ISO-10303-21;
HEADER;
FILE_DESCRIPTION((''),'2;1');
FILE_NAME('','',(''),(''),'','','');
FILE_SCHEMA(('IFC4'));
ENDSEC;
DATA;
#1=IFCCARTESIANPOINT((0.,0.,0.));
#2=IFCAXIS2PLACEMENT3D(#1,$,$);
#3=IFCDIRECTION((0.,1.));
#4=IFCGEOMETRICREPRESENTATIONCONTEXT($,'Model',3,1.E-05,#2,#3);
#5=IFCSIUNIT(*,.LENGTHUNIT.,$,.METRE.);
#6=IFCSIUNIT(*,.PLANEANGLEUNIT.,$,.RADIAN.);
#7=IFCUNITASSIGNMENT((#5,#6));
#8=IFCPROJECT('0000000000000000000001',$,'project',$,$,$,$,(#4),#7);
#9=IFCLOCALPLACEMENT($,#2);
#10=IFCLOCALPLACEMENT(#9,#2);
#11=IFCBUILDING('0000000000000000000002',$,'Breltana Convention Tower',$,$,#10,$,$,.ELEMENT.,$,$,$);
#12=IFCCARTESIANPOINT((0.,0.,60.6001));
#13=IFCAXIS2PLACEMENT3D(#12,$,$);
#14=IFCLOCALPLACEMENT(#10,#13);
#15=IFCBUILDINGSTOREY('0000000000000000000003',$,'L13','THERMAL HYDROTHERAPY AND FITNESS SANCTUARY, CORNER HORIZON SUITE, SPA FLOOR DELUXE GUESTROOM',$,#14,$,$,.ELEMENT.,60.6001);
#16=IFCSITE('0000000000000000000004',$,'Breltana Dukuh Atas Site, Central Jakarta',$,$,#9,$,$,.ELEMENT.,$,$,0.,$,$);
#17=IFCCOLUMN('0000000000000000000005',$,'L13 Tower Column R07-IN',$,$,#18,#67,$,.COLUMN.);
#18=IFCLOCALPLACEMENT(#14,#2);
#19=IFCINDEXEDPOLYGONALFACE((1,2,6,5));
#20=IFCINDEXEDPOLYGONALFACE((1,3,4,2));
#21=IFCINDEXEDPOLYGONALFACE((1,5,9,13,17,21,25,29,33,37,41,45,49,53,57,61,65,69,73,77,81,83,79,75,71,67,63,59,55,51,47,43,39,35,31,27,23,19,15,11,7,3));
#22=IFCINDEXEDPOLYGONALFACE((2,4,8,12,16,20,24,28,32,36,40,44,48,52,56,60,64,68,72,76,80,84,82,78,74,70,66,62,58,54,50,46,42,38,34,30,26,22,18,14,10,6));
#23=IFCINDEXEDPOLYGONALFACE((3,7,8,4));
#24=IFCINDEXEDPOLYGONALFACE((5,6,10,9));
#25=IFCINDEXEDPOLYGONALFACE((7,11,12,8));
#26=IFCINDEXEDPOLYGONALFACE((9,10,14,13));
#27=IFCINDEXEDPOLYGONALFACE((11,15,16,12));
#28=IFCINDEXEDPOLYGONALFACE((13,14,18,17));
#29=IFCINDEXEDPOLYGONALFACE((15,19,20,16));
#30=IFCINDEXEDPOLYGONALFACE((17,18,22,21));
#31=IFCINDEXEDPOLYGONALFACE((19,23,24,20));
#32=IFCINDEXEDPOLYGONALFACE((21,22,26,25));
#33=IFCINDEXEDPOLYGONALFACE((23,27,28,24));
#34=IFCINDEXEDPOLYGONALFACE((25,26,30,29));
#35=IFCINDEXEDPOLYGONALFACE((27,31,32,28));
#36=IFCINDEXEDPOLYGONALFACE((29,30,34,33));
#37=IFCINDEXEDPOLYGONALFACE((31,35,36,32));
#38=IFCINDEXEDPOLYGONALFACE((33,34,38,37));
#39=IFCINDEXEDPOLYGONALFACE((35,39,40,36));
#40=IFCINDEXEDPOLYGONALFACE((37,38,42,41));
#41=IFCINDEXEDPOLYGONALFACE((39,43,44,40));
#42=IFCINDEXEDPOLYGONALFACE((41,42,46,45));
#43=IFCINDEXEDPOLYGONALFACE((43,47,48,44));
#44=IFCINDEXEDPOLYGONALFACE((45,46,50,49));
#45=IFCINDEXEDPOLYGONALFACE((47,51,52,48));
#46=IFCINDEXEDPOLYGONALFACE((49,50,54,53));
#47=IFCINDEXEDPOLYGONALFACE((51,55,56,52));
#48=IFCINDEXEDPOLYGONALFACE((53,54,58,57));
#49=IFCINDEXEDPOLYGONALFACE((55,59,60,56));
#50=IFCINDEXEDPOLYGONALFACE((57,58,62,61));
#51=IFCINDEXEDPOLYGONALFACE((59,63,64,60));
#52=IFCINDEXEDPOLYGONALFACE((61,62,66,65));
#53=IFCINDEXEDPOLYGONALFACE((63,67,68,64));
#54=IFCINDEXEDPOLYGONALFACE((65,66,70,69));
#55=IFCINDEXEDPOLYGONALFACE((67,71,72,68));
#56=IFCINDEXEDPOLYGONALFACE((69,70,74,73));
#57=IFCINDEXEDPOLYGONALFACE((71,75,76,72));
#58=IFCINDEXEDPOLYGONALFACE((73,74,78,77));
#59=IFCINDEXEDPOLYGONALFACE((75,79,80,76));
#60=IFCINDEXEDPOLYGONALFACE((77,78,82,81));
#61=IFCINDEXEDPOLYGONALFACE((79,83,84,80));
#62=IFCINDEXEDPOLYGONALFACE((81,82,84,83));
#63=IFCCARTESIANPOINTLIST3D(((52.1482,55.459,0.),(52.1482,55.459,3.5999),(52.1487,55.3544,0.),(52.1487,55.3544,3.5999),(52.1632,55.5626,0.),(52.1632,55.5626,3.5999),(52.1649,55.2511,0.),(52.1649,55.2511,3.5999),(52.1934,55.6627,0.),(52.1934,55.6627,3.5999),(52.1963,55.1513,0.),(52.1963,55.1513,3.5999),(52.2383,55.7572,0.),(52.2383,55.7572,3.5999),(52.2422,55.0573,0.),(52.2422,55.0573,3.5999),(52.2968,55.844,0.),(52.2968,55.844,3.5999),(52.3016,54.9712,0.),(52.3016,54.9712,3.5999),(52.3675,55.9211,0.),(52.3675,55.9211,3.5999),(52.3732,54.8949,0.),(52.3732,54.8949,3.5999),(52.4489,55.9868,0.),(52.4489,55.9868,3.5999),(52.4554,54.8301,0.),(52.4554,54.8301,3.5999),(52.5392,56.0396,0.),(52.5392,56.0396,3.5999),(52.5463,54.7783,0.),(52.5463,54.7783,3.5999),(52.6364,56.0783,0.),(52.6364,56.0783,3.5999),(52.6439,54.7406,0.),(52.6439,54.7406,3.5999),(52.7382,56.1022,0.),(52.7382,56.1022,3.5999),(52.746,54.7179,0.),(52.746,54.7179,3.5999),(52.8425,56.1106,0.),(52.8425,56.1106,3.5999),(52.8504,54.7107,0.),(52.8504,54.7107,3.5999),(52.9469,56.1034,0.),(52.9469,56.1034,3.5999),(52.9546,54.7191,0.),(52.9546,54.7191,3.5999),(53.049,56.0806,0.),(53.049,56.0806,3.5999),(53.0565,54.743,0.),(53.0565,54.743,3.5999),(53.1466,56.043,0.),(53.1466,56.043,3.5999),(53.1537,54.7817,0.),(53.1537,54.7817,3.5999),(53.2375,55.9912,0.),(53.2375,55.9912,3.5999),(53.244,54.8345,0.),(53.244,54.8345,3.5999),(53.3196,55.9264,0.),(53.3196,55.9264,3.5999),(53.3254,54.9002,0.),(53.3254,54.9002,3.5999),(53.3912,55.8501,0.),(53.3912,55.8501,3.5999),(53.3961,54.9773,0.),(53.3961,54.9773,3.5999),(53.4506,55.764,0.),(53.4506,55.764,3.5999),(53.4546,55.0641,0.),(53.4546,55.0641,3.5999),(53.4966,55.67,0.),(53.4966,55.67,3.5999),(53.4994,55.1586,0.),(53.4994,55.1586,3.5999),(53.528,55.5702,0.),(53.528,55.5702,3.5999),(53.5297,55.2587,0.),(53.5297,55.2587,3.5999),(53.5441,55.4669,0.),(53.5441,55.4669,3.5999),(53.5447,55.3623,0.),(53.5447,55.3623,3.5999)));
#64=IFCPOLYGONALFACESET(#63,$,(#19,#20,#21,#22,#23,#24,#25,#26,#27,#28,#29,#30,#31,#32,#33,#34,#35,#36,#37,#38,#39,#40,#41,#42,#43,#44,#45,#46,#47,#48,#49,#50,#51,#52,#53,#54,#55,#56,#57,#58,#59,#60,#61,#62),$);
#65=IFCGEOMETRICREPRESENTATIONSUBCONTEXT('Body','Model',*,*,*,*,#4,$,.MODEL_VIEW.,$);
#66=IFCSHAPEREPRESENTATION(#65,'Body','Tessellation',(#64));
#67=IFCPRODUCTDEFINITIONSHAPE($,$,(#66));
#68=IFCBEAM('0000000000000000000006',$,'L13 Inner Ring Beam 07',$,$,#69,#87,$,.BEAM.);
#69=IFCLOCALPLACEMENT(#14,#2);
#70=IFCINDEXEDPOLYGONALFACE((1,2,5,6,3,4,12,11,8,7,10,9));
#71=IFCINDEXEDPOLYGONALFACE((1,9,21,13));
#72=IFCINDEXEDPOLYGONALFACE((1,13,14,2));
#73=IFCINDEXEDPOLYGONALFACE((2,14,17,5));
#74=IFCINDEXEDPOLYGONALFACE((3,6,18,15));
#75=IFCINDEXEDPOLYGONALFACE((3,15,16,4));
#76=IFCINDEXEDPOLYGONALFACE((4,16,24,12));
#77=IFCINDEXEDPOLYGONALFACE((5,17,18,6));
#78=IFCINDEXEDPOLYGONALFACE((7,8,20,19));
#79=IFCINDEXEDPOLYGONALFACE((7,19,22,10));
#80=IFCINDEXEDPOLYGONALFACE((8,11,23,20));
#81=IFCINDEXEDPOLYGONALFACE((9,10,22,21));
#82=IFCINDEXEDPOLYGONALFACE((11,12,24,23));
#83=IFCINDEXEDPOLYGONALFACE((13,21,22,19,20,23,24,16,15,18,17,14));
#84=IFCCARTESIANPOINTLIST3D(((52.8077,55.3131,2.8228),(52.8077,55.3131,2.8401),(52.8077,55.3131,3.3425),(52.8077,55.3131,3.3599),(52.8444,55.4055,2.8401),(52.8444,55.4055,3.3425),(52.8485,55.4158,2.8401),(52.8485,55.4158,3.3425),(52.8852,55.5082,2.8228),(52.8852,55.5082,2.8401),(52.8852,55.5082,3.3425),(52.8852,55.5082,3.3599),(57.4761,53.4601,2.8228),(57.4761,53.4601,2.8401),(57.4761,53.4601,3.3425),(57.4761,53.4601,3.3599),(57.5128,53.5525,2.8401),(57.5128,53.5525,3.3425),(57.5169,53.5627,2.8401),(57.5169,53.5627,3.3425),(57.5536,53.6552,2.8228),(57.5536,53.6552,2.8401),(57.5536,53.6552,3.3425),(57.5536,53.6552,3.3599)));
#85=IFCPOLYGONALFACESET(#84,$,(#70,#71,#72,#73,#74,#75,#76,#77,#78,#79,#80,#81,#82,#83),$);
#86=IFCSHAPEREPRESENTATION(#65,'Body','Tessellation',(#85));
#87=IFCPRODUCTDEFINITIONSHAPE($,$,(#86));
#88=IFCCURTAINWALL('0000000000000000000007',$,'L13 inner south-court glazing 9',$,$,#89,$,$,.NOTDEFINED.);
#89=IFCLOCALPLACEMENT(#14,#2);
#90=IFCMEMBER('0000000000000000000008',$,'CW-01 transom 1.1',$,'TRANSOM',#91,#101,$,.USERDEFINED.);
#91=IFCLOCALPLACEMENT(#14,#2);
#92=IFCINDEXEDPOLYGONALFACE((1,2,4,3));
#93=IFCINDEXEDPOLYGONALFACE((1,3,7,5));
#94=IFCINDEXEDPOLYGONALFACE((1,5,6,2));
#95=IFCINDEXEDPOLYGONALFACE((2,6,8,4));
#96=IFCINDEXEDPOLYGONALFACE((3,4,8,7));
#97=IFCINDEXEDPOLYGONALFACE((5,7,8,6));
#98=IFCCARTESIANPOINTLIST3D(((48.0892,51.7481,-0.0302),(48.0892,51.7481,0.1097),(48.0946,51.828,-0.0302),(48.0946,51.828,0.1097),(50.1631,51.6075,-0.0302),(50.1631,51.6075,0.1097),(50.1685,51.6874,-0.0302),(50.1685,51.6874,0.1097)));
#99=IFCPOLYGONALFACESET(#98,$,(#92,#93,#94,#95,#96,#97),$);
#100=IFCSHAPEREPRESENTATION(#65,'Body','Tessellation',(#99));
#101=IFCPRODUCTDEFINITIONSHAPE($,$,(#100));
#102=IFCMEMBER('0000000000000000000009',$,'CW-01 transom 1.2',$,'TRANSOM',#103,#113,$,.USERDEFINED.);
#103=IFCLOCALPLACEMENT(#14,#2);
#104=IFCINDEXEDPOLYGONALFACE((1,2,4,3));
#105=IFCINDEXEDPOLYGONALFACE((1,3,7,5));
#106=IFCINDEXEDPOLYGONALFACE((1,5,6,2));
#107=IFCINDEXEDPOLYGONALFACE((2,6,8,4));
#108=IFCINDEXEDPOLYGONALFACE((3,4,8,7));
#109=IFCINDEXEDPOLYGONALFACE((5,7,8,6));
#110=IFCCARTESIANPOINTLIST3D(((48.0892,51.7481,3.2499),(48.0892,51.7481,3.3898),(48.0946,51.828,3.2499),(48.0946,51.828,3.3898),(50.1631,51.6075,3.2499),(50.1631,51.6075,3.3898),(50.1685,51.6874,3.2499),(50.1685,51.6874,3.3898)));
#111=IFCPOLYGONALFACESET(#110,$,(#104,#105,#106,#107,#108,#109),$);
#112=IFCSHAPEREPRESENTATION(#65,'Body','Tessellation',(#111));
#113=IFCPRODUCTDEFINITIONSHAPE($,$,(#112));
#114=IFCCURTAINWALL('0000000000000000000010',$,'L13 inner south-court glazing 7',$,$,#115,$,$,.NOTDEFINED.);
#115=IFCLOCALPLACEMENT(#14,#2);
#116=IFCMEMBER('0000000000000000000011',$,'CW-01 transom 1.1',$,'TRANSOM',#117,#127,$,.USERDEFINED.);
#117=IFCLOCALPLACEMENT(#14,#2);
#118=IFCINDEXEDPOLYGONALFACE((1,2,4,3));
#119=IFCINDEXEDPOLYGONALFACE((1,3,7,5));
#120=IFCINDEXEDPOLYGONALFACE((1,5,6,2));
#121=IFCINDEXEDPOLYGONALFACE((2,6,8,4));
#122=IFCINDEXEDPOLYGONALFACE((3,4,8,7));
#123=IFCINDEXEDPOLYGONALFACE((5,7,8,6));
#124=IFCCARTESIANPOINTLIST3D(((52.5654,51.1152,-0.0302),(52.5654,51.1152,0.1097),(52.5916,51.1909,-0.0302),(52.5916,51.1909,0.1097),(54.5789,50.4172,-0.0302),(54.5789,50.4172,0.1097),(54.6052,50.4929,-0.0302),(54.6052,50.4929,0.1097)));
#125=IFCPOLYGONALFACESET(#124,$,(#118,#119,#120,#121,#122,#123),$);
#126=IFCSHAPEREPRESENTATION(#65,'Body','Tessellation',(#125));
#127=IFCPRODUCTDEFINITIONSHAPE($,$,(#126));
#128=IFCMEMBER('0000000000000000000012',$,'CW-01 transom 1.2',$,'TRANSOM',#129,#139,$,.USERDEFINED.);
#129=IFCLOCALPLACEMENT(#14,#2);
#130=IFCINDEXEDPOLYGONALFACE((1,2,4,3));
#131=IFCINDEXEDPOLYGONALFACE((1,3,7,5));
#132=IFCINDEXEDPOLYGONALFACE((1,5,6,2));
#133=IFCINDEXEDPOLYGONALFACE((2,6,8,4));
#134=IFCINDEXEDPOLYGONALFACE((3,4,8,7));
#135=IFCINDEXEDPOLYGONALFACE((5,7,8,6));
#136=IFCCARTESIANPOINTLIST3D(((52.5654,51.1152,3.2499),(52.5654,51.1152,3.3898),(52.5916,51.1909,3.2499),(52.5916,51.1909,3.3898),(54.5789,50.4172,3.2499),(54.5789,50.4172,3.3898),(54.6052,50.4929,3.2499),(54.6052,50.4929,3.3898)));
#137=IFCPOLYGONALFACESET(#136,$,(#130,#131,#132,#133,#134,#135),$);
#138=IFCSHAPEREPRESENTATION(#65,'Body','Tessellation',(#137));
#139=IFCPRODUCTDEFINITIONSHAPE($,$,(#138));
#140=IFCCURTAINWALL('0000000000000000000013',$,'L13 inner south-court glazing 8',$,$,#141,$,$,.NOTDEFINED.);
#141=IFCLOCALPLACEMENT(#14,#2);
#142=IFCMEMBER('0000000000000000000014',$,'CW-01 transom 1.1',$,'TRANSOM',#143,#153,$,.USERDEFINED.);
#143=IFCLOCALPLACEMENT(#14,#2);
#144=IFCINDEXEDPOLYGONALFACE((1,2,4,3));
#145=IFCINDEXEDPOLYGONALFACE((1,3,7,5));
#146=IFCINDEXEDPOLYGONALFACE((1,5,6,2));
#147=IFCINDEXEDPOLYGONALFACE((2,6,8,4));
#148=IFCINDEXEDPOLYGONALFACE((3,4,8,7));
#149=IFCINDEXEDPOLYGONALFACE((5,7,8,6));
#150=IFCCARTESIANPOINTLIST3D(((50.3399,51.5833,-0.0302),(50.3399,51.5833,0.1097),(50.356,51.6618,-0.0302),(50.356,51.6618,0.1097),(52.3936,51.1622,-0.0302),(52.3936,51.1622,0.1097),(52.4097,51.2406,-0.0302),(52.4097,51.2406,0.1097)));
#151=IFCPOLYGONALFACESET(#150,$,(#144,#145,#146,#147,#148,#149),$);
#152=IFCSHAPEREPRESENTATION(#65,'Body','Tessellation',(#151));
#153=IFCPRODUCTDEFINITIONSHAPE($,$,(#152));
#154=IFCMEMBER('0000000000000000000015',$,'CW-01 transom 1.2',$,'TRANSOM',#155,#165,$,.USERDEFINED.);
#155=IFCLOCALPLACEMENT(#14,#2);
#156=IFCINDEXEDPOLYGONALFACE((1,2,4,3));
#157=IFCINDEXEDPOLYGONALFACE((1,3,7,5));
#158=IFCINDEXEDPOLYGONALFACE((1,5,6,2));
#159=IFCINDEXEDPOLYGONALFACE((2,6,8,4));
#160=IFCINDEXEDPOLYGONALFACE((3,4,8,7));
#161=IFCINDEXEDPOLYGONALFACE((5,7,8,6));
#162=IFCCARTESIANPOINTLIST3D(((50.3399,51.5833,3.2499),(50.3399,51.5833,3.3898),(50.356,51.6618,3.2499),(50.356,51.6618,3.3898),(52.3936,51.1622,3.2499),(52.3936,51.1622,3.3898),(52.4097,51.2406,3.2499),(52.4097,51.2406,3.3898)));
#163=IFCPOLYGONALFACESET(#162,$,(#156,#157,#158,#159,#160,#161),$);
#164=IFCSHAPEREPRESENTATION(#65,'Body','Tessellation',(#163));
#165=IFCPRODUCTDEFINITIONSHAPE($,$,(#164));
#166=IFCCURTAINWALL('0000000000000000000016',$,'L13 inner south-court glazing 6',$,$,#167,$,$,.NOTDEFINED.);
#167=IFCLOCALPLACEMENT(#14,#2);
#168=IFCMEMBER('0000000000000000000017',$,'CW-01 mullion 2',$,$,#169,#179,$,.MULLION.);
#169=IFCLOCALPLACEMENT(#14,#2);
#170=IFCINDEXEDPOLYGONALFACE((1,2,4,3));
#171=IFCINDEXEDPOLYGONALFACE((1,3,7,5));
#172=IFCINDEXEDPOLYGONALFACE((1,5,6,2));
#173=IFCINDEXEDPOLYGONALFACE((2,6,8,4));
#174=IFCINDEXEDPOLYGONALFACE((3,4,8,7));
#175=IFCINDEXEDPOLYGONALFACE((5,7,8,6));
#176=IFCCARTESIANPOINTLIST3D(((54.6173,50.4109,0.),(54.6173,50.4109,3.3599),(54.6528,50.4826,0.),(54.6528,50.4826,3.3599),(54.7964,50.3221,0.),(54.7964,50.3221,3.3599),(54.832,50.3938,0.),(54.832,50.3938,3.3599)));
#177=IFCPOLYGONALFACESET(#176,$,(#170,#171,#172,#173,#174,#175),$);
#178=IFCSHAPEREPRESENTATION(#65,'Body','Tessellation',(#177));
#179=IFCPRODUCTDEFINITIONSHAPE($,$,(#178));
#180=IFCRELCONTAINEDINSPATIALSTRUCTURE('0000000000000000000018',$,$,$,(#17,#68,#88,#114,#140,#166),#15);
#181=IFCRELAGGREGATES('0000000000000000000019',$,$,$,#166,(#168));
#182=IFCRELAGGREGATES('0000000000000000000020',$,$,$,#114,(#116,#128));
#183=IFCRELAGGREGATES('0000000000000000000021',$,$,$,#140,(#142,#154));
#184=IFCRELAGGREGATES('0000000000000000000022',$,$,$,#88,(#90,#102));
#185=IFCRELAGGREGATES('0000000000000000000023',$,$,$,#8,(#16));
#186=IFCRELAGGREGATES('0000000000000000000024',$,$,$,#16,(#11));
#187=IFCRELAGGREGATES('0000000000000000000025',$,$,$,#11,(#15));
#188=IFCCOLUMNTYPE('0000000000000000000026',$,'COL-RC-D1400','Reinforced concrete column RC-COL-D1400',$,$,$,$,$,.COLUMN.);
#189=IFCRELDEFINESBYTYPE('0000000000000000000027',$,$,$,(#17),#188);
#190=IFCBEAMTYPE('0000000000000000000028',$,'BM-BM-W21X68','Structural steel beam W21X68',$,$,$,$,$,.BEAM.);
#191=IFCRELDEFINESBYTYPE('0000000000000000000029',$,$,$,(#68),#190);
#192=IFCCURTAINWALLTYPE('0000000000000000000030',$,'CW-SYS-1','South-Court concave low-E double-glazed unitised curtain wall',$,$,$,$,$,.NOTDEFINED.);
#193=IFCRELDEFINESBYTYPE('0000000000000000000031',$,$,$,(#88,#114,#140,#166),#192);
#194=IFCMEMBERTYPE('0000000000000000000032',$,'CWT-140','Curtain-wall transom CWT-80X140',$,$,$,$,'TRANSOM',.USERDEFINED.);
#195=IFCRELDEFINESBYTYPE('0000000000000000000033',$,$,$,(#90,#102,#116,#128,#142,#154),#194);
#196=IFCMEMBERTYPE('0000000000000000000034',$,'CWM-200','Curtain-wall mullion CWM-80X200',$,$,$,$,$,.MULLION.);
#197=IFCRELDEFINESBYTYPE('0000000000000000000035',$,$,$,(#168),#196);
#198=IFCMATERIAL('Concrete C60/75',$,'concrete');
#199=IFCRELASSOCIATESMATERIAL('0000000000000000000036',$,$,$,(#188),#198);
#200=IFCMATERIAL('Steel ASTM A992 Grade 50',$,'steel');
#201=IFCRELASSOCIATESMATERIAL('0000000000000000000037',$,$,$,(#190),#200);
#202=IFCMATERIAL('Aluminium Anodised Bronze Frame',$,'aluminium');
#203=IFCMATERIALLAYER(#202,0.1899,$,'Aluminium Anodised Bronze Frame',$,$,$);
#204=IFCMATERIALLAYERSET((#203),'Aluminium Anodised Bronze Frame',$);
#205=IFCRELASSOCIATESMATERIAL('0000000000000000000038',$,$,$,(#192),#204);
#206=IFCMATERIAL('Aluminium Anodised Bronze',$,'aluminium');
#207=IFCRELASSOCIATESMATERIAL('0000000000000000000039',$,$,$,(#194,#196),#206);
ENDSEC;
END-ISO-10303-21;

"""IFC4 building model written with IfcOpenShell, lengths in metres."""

from ifc_helpers import new_model, si_unit, direction, frame, origin, origin_2d, place, context, subcontext, project, spatial, rectangle, circle, i_section, extrude, source, transform, mapped, material, layer, layer_set, material_profile, profile_set, type_object, element, aggregate, save


model = new_model("IFC4")

# Units and contexts
model_context = context("Model", 3, precision=1e-05, world=origin(), true_north=direction((0.0, 1.0)))
body_context = subcontext(model_context, "Body", "Model", "MODEL_VIEW")
ifc_project = project(units=[si_unit("LENGTHUNIT", "METRE"), si_unit("PLANEANGLEUNIT", "RADIAN")], contexts=[model_context])

# Site, building, storey
site_placement = place(None, origin())
site = spatial("IfcSite", under=ifc_project, at=site_placement, Name="Breltana Dukuh Atas Site, Central Jakarta", CompositionType="ELEMENT", RefElevation=0.0)
building_placement = place(site_placement, origin())
building = spatial("IfcBuilding", under=site, at=building_placement, Name="Breltana Convention Tower", CompositionType="ELEMENT")
storey_placement = place(building_placement, frame((0.0, 0.0, 60.6001)))
storey = spatial("IfcBuildingStorey", under=building, at=storey_placement, Name="L13", Description="THERMAL HYDROTHERAPY AND FITNESS SANCTUARY, CORNER HORIZON SUITE, SPA FLOOR DELUXE GUESTROOM", CompositionType="ELEMENT", Elevation=60.6001)

# Column
ifc_material_1 = material(Name="Concrete C60/75", Category="concrete")
ifc_material_profile_1 = material_profile(ifc_material_1, circle(Radius=0.7, at=origin_2d()), Name="RC-COL-D1400")
ifc_profile_set_1 = profile_set([ifc_material_profile_1], Name="Concrete C60/75")
column_type = type_object("IfcColumnType", Name="COL-RC-D1400", Description="Reinforced concrete column RC-COL-D1400", PredefinedType="COLUMN", material=ifc_profile_set_1)
shared_shape_1 = source(origin(), body_context, "Body", "SweptSolid", [
    extrude(circle(Radius=0.7, at=origin_2d()), origin(), (0.0, 0.0, 1.0), 3.5999),
])
column_placement = place(storey_placement, frame((52.8464, 55.4106, 0.0), z_axis=(0.0, 0.0, 1.0), x_axis=(0.143493, 0.989651, 0.0)))
element("IfcColumn", 1, at=column_placement, inside=storey, type_object=column_type, Name="L13 Tower Column R07-IN", PredefinedType="COLUMN", context=body_context, shape_type="MappedRepresentation", body=[
    mapped(shared_shape_1, transform((0.0, 0.0, 0.0), scale=1.0)),
])

# Beam
ifc_material_2 = material(Name="Steel ASTM A992 Grade 50", Category="steel")
ifc_material_profile_2 = material_profile(ifc_material_2, i_section(OverallWidth=0.21, OverallDepth=0.5371, WebThickness=0.011, FlangeThickness=0.0173, at=origin_2d()), Name="W21X68")
ifc_profile_set_2 = profile_set([ifc_material_profile_2], Name="Steel ASTM A992 Grade 50")
beam_type = type_object("IfcBeamType", Name="BM-BM-W21X68", Description="Structural steel beam W21X68", PredefinedType="BEAM", material=ifc_profile_set_2)
shared_shape_2 = source(origin(), body_context, "Body", "SweptSolid", [
    extrude(i_section(OverallWidth=0.21, OverallDepth=0.5371, WebThickness=0.011, FlangeThickness=0.0173, at=origin_2d()), origin(), (0.0, 0.0, 1.0), 5.0227),
])
beam_placement = place(storey_placement, frame((52.8464, 55.4106, 3.0913), z_axis=(0.929459, -0.368926, 0.0), x_axis=(0.368926, 0.929459, 0.0)))
element("IfcBeam", 2, at=beam_placement, inside=storey, type_object=beam_type, Name="L13 Inner Ring Beam 07", PredefinedType="BEAM", context=body_context, shape_type="MappedRepresentation", body=[
    mapped(shared_shape_2, transform((0.0, 0.0, 0.0), scale=1.0)),
])

# Curtain walls, members
ifc_material_3 = material(Name="Aluminium Anodised Bronze Frame", Category="aluminium")
ifc_layer_1 = layer(ifc_material_3, 0.1899, Name="Aluminium Anodised Bronze Frame")
ifc_layer_set_1 = layer_set([ifc_layer_1], Name="Aluminium Anodised Bronze Frame")
curtain_wall_type = type_object("IfcCurtainWallType", Name="CW-SYS-1", Description="South-Court concave low-E double-glazed unitised curtain wall", PredefinedType="NOTDEFINED", material=ifc_layer_set_1)
curtain_wall_1_placement = place(storey_placement, origin())
curtain_wall_1 = element("IfcCurtainWall", 3, at=curtain_wall_1_placement, inside=storey, type_object=curtain_wall_type, Name="L13 inner south-court glazing 9", PredefinedType="NOTDEFINED")
ifc_material_4 = material(Name="Aluminium Anodised Bronze", Category="aluminium")
ifc_material_profile_3 = material_profile(ifc_material_4, rectangle(XDim=0.0801, YDim=0.1399, at=origin_2d()), Name="CWT-80X140")
ifc_profile_set_3 = profile_set([ifc_material_profile_3], Name="Aluminium Anodised Bronze")
member_type_1 = type_object("IfcMemberType", Name="CWT-140", Description="Curtain-wall transom CWT-80X140", ElementType="TRANSOM", PredefinedType="USERDEFINED", material=ifc_profile_set_3)
shared_shape_3 = source(origin(), body_context, "Body", "SweptSolid", [
    extrude(rectangle(XDim=0.0801, YDim=0.1399, at=origin_2d()), origin(), (0.0, 0.0, 1.0), 2.0786),
])
member_1_placement = place(storey_placement, frame((50.1658, 51.6475, 0.0398), z_axis=(-0.997709, 0.067657, 0.0), x_axis=(-0.067657, -0.997709, 0.0)))
member_1 = element("IfcMember", 4, at=member_1_placement, type_object=member_type_1, Name="CW-01 transom 1.1", ObjectType="TRANSOM", PredefinedType="USERDEFINED", context=body_context, shape_type="MappedRepresentation", body=[
    mapped(shared_shape_3, transform((0.0, 0.0, 0.0), scale=1.0)),
])
member_2_placement = place(storey_placement, frame((50.1658, 51.6475, 3.3198), z_axis=(-0.997709, 0.067657, 0.0), x_axis=(-0.067657, -0.997709, 0.0)))
member_2 = element("IfcMember", 5, at=member_2_placement, type_object=member_type_1, Name="CW-01 transom 1.2", ObjectType="TRANSOM", PredefinedType="USERDEFINED", context=body_context, shape_type="MappedRepresentation", body=[
    mapped(shared_shape_3, transform((0.0, 0.0, 0.0), scale=1.0)),
])
curtain_wall_2_placement = place(storey_placement, origin())
curtain_wall_2 = element("IfcCurtainWall", 6, at=curtain_wall_2_placement, inside=storey, type_object=curtain_wall_type, Name="L13 inner south-court glazing 7", PredefinedType="NOTDEFINED")
shared_shape_4 = source(origin(), body_context, "Body", "SweptSolid", [
    extrude(rectangle(XDim=0.0801, YDim=0.1399, at=origin_2d()), origin(), (0.0, 0.0, 1.0), 2.1311),
])
member_3_placement = place(storey_placement, frame((54.592, 50.4551, 0.0398), z_axis=(-0.944847, 0.327512, 0.0), x_axis=(-0.327512, -0.944847, 0.0)))
member_3 = element("IfcMember", 7, at=member_3_placement, type_object=member_type_1, Name="CW-01 transom 1.1", ObjectType="TRANSOM", PredefinedType="USERDEFINED", context=body_context, shape_type="MappedRepresentation", body=[
    mapped(shared_shape_4, transform((0.0, 0.0, 0.0), scale=1.0)),
])
member_4_placement = place(storey_placement, frame((54.592, 50.4551, 3.3198), z_axis=(-0.944847, 0.327512, 0.0), x_axis=(-0.327512, -0.944847, 0.0)))
member_4 = element("IfcMember", 8, at=member_4_placement, type_object=member_type_1, Name="CW-01 transom 1.2", ObjectType="TRANSOM", PredefinedType="USERDEFINED", context=body_context, shape_type="MappedRepresentation", body=[
    mapped(shared_shape_4, transform((0.0, 0.0, 0.0), scale=1.0)),
])
curtain_wall_3_placement = place(storey_placement, origin())
curtain_wall_3 = element("IfcCurtainWall", 9, at=curtain_wall_3_placement, inside=storey, type_object=curtain_wall_type, Name="L13 inner south-court glazing 8", PredefinedType="NOTDEFINED")
shared_shape_5 = source(origin(), body_context, "Body", "SweptSolid", [
    extrude(rectangle(XDim=0.0801, YDim=0.1399, at=origin_2d()), origin(), (0.0, 0.0, 1.0), 2.0964),
])
member_5_placement = place(storey_placement, frame((52.4016, 51.2014, 0.0398), z_axis=(-0.979615, 0.200884, 0.0), x_axis=(-0.200884, -0.979615, 0.0)))
member_5 = element("IfcMember", 10, at=member_5_placement, type_object=member_type_1, Name="CW-01 transom 1.1", ObjectType="TRANSOM", PredefinedType="USERDEFINED", context=body_context, shape_type="MappedRepresentation", body=[
    mapped(shared_shape_5, transform((0.0, 0.0, 0.0), scale=1.0)),
])
member_6_placement = place(storey_placement, frame((52.4016, 51.2014, 3.3198), z_axis=(-0.979615, 0.200884, 0.0), x_axis=(-0.200884, -0.979615, 0.0)))
member_6 = element("IfcMember", 11, at=member_6_placement, type_object=member_type_1, Name="CW-01 transom 1.2", ObjectType="TRANSOM", PredefinedType="USERDEFINED", context=body_context, shape_type="MappedRepresentation", body=[
    mapped(shared_shape_5, transform((0.0, 0.0, 0.0), scale=1.0)),
])

# Curtain wall, member
curtain_wall_4_placement = place(storey_placement, origin())
curtain_wall_4 = element("IfcCurtainWall", 12, at=curtain_wall_4_placement, inside=storey, type_object=curtain_wall_type, Name="L13 inner south-court glazing 6", PredefinedType="NOTDEFINED")
ifc_material_profile_4 = material_profile(ifc_material_4, rectangle(XDim=0.0801, YDim=0.2, at=origin_2d()), Name="CWM-80X200")
ifc_profile_set_4 = profile_set([ifc_material_profile_4], Name="Aluminium Anodised Bronze")
member_type_2 = type_object("IfcMemberType", Name="CWM-200", Description="Curtain-wall mullion CWM-80X200", PredefinedType="MULLION", material=ifc_profile_set_4)
shared_shape_6 = source(origin(), body_context, "Body", "SweptSolid", [
    extrude(rectangle(XDim=0.0801, YDim=0.2, at=origin_2d()), origin(), (0.0, 0.0, 1.0), 3.3599),
])
member_7_placement = place(storey_placement, frame((54.7246, 50.4023, 0.0), z_axis=(0.0, 0.0, 1.0), x_axis=(-0.444118, -0.895968, 0.0)))
member_7 = element("IfcMember", 13, at=member_7_placement, type_object=member_type_2, Name="CW-01 mullion 2", PredefinedType="MULLION", context=body_context, shape_type="MappedRepresentation", body=[
    mapped(shared_shape_6, transform((0.0, 0.0, 0.0), scale=1.0)),
])

aggregate(curtain_wall_4, [member_7])
aggregate(curtain_wall_2, [member_3, member_4])
aggregate(curtain_wall_3, [member_5, member_6])
aggregate(curtain_wall_1, [member_1, member_2])

save(model, "model.ifc")
